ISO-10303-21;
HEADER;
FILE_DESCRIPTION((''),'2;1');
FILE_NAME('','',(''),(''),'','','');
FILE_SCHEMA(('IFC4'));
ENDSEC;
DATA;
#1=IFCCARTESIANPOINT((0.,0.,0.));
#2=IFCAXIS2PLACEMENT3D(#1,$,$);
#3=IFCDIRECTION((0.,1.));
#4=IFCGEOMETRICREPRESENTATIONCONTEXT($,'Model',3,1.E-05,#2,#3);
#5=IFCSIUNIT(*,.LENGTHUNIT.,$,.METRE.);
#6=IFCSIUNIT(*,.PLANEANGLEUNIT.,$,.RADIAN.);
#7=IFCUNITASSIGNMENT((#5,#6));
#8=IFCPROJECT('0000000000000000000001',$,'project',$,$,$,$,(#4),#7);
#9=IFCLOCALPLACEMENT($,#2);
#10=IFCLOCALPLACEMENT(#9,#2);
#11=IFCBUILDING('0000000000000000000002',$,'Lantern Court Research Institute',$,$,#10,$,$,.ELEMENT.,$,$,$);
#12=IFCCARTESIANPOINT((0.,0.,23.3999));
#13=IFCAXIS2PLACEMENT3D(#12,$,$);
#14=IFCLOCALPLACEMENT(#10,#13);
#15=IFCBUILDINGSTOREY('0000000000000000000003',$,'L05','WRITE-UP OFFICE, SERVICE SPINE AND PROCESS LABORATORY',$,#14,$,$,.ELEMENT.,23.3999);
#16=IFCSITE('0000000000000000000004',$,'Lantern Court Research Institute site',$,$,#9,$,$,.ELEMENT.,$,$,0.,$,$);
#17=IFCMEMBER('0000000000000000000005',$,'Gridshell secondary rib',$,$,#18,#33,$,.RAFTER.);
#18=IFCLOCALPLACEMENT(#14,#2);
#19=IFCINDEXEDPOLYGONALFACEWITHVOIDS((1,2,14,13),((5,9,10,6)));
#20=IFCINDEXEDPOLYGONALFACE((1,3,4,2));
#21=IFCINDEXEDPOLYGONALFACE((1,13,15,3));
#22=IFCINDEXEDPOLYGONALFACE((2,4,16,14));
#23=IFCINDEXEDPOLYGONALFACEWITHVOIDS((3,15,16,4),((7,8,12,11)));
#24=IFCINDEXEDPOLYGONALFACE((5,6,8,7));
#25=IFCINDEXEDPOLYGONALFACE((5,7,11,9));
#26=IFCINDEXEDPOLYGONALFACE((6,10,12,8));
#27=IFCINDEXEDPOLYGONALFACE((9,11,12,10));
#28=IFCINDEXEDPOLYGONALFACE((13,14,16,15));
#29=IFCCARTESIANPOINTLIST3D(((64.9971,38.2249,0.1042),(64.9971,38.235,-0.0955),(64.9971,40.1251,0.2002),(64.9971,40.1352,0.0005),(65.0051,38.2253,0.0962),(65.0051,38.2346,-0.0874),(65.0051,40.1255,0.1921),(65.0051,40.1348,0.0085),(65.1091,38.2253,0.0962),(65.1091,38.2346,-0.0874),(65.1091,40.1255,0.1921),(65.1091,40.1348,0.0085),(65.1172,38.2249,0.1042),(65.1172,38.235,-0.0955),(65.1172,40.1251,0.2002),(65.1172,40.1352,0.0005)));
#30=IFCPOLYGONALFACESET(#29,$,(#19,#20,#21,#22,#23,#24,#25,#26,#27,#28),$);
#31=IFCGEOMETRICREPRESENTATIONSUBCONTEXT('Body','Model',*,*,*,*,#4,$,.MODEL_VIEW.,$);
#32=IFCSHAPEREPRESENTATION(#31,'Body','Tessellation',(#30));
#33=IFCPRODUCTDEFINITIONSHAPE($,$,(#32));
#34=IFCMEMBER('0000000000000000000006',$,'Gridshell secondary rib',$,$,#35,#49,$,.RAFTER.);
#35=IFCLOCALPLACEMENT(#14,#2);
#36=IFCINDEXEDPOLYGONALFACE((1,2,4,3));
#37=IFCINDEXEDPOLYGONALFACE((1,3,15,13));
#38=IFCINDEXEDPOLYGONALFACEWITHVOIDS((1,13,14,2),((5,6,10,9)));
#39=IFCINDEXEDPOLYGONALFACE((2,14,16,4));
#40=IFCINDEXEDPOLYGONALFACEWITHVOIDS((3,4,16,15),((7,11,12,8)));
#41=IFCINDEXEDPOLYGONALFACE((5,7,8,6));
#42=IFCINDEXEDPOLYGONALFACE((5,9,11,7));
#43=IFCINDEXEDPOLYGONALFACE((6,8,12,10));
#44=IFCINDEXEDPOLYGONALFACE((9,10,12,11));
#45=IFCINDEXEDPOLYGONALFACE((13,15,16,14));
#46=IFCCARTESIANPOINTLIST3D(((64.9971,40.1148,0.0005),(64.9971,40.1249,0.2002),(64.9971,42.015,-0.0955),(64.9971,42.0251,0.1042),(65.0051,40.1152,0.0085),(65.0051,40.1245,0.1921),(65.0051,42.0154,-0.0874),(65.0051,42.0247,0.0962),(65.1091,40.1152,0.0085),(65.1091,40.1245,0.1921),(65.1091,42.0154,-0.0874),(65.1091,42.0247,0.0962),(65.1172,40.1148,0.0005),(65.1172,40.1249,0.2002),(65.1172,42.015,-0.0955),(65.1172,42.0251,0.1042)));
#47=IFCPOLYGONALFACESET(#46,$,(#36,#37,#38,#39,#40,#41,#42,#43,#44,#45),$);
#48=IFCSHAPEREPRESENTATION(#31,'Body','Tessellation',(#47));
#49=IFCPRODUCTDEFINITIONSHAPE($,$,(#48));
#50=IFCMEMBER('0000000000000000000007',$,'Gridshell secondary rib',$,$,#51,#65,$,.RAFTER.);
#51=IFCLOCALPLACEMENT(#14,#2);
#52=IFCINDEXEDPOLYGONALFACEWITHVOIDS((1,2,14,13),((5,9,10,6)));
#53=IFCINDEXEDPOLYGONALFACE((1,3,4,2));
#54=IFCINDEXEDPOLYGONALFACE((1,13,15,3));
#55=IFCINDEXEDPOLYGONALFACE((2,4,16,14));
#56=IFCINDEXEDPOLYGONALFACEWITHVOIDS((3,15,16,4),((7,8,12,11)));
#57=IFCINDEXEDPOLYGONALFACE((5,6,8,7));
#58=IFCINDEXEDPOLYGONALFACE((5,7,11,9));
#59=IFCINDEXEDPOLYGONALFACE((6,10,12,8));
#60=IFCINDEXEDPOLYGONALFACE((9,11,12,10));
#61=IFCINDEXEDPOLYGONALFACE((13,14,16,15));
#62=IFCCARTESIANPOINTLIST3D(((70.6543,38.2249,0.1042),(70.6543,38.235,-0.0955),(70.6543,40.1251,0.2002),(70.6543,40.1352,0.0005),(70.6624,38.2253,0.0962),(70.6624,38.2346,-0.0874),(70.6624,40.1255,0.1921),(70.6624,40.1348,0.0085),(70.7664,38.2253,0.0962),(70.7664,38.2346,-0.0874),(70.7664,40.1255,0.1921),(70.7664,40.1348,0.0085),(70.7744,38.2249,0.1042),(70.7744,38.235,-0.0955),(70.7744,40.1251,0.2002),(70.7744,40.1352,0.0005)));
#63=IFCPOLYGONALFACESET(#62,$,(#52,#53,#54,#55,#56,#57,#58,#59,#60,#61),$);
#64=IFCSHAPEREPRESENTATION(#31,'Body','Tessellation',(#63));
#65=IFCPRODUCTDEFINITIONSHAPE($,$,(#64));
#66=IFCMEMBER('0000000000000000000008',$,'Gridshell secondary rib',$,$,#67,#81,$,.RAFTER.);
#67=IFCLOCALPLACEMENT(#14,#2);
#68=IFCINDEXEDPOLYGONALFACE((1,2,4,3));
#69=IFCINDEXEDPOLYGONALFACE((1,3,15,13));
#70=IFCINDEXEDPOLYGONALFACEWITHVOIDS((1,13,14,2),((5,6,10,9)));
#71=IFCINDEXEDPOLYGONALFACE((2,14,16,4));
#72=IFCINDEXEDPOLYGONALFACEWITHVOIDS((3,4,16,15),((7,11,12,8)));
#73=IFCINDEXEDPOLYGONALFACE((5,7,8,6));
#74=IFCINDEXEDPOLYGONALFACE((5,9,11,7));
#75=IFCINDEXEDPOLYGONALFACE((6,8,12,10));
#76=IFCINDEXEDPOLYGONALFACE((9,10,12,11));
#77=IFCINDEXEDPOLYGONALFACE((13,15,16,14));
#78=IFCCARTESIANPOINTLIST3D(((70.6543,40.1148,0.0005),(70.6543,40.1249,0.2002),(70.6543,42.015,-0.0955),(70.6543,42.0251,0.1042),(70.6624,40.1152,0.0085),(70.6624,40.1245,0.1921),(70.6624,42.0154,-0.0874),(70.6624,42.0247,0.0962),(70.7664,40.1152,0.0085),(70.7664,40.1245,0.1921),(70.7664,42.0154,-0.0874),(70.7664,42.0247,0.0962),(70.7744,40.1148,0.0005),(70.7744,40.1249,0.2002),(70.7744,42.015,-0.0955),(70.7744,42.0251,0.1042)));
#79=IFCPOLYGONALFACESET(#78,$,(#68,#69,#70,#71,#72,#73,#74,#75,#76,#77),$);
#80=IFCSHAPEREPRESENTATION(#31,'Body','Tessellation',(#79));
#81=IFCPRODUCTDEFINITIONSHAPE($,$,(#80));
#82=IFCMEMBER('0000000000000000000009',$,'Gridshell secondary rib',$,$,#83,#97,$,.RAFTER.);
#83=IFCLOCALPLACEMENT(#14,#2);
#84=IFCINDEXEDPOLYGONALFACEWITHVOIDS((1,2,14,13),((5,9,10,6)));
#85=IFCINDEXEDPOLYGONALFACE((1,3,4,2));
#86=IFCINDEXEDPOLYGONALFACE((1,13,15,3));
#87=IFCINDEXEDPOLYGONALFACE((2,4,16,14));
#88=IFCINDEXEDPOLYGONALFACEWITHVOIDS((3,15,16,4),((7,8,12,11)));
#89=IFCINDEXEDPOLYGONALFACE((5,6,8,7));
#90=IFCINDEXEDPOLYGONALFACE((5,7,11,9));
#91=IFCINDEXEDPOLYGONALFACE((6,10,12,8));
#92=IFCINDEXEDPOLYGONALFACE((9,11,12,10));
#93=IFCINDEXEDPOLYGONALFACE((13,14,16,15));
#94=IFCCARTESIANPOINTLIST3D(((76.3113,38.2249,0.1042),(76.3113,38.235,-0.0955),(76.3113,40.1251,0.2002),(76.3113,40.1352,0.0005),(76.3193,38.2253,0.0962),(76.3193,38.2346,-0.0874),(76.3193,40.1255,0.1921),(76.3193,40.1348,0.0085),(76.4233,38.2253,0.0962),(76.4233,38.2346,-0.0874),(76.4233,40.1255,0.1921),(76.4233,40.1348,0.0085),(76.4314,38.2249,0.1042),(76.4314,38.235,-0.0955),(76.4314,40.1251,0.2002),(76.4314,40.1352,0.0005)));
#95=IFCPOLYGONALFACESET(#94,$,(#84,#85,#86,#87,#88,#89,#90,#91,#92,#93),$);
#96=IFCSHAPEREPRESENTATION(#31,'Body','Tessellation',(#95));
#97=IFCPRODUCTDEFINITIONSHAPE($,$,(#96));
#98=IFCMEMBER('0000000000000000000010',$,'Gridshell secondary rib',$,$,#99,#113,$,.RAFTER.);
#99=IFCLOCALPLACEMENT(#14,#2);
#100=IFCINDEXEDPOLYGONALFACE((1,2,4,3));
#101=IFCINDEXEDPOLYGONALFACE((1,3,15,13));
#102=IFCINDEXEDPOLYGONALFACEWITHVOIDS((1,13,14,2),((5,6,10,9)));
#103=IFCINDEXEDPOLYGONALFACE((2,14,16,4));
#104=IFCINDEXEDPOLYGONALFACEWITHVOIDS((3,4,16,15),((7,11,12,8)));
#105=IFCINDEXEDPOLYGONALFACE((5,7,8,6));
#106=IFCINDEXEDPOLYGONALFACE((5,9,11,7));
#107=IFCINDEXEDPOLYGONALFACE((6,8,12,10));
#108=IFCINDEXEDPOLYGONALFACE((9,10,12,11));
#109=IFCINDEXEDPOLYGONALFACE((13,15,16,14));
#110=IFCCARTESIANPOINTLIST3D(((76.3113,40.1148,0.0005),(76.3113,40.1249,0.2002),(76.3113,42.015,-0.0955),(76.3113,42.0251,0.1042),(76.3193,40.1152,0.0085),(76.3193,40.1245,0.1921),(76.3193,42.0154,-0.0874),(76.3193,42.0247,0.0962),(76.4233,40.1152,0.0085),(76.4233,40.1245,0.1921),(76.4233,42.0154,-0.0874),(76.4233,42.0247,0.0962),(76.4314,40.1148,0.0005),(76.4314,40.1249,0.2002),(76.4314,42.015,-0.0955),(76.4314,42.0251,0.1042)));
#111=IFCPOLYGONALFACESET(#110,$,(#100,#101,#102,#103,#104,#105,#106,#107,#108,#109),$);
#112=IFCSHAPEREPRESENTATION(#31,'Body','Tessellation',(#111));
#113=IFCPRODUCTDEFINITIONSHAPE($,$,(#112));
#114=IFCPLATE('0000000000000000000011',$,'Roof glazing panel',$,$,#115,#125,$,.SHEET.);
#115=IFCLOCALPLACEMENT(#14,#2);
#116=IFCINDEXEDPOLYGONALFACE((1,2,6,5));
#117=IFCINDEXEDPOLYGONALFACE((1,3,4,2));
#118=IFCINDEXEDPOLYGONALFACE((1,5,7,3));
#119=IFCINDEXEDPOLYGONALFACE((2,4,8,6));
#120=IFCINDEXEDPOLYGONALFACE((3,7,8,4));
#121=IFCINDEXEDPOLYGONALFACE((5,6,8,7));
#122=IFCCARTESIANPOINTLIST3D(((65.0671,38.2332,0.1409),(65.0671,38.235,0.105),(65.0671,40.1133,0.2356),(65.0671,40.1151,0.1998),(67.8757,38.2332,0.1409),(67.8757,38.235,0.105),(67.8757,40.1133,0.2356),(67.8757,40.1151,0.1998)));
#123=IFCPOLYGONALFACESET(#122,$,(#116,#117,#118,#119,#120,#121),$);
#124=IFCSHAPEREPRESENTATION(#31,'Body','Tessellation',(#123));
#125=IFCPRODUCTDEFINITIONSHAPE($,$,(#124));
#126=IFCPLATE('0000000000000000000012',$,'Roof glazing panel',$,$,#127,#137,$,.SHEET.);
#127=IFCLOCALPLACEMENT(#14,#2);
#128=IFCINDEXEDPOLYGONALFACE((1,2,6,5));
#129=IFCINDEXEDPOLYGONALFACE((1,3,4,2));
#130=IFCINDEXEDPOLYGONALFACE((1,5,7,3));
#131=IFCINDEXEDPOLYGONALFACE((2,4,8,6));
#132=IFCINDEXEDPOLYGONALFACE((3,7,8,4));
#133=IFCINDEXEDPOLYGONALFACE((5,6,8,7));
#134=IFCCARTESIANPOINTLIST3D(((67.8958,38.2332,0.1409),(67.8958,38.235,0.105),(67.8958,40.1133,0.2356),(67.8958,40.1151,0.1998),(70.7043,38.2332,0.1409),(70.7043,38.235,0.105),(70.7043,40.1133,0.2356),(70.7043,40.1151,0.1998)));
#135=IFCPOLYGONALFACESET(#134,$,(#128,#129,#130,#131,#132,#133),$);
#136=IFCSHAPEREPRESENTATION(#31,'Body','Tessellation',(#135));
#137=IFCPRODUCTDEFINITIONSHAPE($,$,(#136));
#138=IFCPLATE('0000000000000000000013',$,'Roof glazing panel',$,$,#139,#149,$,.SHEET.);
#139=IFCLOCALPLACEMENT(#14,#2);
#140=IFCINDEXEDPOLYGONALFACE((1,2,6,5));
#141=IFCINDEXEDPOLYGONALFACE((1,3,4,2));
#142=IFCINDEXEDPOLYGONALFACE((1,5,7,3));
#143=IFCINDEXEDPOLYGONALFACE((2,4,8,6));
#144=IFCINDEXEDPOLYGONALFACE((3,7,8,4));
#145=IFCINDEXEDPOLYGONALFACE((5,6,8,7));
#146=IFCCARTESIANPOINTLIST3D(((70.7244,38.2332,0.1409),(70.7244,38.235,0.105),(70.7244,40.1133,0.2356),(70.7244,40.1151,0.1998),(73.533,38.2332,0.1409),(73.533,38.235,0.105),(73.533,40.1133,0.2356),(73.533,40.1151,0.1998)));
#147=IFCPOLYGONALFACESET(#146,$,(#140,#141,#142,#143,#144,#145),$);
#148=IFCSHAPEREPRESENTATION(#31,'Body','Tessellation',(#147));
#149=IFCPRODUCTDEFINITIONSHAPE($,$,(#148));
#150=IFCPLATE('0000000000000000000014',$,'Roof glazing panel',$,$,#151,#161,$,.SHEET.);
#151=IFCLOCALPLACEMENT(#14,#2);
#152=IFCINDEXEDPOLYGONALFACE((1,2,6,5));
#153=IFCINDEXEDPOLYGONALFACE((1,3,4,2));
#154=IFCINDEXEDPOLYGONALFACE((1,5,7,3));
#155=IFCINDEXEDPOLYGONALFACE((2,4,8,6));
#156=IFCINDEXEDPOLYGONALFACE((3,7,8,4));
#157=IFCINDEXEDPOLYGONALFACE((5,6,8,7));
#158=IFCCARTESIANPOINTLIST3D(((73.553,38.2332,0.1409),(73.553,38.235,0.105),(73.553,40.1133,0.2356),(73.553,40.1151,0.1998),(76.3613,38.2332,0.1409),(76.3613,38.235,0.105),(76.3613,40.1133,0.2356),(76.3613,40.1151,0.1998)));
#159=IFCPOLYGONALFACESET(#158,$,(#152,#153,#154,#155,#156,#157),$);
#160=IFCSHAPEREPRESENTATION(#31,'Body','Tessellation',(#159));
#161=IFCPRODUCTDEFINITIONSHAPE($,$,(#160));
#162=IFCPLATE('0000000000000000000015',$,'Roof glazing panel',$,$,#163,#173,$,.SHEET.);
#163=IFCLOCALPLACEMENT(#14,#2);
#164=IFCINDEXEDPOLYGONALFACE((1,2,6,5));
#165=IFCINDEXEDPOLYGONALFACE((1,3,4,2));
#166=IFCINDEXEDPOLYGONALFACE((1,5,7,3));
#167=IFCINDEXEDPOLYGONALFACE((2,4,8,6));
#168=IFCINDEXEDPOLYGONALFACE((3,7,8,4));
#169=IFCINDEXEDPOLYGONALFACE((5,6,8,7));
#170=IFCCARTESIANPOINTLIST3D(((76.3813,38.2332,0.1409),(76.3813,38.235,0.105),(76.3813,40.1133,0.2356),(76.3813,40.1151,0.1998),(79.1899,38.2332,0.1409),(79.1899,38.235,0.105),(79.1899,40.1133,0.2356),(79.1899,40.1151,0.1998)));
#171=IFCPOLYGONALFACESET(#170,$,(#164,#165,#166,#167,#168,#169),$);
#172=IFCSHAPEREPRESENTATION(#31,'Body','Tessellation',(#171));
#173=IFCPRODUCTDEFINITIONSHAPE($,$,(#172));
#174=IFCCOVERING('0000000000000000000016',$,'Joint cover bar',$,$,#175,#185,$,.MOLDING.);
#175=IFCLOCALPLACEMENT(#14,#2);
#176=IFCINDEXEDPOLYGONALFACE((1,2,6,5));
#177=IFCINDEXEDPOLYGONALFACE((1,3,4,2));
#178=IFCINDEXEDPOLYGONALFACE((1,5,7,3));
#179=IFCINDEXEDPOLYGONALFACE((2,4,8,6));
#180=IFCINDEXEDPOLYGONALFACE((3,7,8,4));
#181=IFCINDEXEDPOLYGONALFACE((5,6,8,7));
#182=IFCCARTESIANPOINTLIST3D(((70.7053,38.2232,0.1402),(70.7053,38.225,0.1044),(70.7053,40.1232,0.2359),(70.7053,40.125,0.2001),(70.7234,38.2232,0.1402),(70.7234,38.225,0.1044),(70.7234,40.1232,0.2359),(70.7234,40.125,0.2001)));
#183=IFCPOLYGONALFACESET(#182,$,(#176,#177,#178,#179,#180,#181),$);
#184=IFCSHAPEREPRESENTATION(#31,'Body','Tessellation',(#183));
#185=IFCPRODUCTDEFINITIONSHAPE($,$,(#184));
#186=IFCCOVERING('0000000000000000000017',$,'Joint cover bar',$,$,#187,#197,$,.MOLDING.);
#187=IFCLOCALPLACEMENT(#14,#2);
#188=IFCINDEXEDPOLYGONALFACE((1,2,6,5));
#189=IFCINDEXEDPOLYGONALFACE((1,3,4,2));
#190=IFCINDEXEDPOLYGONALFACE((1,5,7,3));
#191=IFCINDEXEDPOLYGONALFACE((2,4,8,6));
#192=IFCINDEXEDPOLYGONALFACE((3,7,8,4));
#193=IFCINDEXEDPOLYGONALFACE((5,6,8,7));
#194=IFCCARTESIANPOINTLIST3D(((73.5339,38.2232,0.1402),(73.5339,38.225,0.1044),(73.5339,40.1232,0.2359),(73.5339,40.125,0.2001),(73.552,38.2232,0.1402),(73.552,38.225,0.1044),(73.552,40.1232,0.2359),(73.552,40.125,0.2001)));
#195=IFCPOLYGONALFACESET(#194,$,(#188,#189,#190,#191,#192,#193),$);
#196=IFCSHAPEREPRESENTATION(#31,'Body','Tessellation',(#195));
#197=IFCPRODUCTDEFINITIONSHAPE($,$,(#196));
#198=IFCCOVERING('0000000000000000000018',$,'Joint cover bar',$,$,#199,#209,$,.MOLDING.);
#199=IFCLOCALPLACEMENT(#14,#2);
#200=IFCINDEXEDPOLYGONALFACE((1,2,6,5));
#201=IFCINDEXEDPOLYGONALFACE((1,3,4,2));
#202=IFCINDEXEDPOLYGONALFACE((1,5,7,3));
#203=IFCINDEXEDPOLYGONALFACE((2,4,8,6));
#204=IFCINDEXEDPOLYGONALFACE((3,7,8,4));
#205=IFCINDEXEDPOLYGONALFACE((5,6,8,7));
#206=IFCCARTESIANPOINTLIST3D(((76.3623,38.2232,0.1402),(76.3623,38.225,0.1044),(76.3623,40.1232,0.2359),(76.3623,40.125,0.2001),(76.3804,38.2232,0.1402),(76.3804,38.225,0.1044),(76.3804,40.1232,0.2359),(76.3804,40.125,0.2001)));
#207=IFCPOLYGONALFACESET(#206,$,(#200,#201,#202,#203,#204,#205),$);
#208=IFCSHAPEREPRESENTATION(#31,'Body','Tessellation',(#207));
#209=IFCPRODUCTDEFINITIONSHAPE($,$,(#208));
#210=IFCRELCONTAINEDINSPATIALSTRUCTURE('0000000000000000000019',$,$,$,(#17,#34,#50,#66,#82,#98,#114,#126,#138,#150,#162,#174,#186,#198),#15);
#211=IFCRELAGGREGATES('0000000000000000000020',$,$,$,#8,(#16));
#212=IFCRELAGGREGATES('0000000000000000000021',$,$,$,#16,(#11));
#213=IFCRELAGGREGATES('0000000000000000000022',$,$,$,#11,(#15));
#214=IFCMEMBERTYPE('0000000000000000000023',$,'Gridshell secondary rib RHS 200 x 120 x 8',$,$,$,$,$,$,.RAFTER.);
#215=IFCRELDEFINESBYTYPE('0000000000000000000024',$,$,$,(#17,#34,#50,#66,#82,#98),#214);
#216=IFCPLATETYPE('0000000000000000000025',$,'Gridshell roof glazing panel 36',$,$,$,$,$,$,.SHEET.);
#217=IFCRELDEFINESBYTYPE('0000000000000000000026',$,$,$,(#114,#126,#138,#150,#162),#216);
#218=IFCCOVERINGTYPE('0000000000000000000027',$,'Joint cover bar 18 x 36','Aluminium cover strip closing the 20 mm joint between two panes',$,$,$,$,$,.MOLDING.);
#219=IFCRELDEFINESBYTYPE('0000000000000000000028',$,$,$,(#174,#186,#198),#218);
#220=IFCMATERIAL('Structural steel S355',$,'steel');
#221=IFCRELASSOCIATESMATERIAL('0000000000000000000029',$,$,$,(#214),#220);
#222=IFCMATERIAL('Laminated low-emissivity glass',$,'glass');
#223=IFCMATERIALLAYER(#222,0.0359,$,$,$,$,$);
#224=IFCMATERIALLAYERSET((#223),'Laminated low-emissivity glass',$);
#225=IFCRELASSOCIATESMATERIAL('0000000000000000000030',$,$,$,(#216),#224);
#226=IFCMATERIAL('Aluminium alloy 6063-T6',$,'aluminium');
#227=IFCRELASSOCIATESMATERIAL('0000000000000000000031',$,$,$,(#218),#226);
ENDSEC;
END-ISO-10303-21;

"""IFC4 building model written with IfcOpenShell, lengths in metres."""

from ifc_helpers import new_model, si_unit, direction, frame, origin, origin_2d, place, context, subcontext, project, spatial, polyline, rectangle, hollow_rectangle, outline, extrude, material, layer, layer_set, material_profile, profile_set, type_object, element, save


model = new_model("IFC4")

# Units and contexts
model_context = context("Model", 3, precision=1e-05, world=origin(), true_north=direction((0.0, 1.0)))
body_context = subcontext(model_context, "Body", "Model", "MODEL_VIEW")
ifc_project = project(units=[si_unit("LENGTHUNIT", "METRE"), si_unit("PLANEANGLEUNIT", "RADIAN")], contexts=[model_context])

# Site, building, storey
site_placement = place(None, origin())
site = spatial("IfcSite", under=ifc_project, at=site_placement, Name="Lantern Court Research Institute site", CompositionType="ELEMENT", RefElevation=0.0)
building_placement = place(site_placement, origin())
building = spatial("IfcBuilding", under=site, at=building_placement, Name="Lantern Court Research Institute", CompositionType="ELEMENT")
storey_placement = place(building_placement, frame((0.0, 0.0, 23.3999)))
storey = spatial("IfcBuildingStorey", under=building, at=storey_placement, Name="L05", Description="WRITE-UP OFFICE, SERVICE SPINE AND PROCESS LABORATORY", CompositionType="ELEMENT", Elevation=23.3999)

# Members
ifc_material_1 = material(Name="Structural steel S355", Category="steel")
ifc_material_profile_1 = material_profile(ifc_material_1, hollow_rectangle(XDim=0.1201, YDim=0.2, WallThickness=0.0081, at=origin_2d()), Name="Gridshell secondary rib RHS 200 x 120 x 8")
ifc_profile_set_1 = profile_set([ifc_material_profile_1], Name="Structural steel S355")
member_type_1 = type_object("IfcMemberType", Name="Gridshell secondary rib RHS 200 x 120 x 8", PredefinedType="RAFTER", material=ifc_profile_set_1)
for number, where, z_axis, x_axis, name in (
    (1, (65.0571, 38.23, 0.0044), (0.0, 0.998728, 0.05043), (-1.0, 0.0, 0.0), "Gridshell secondary rib"),
    (2, (65.0571, 40.1199, 0.1003), (0.0, 0.998728, -0.05043), (-1.0, 0.0, 0.0), "Gridshell secondary rib"),
    (3, (70.7144, 38.23, 0.0044), (0.0, 0.998728, 0.05043), (-1.0, 0.0, 0.0), "Gridshell secondary rib"),
    (4, (70.7144, 40.1199, 0.1003), (0.0, 0.998728, -0.05043), (-1.0, 0.0, 0.0), "Gridshell secondary rib"),
    (5, (76.3713, 38.23, 0.0044), (0.0, 0.998728, 0.05043), (-1.0, 0.0, 0.0), "Gridshell secondary rib"),
    (6, (76.3713, 40.1199, 0.1003), (0.0, 0.998728, -0.05043), (-1.0, 0.0, 0.0), "Gridshell secondary rib"),
):
    element("IfcMember", number, at=place(storey_placement, frame(where, z_axis=z_axis, x_axis=x_axis)), inside=storey, type_object=member_type_1, Name=name, PredefinedType="RAFTER", context=body_context, shape_type="SweptSolid", body=[
        extrude(hollow_rectangle(XDim=0.1201, YDim=0.2, WallThickness=0.0081, at=origin_2d()), origin(), (0.0, 0.0, 1.0), 1.9026),
    ])

# Plates
ifc_material_2 = material(Name="Laminated low-emissivity glass", Category="glass")
ifc_layer = layer(ifc_material_2, 0.0359)
ifc_layer_set = layer_set([ifc_layer], Name="Laminated low-emissivity glass")
plate_type = type_object("IfcPlateType", Name="Gridshell roof glazing panel 36", PredefinedType="SHEET", material=ifc_layer_set)
for number, where, z_axis, x_axis, name in (
    (7, (67.8757, 38.2332, 0.1409), (0.0, -0.050319, 0.998733), (-1.0, 0.0, 0.0), "Roof glazing panel"),
    (8, (70.7043, 38.2332, 0.1409), (0.0, -0.050319, 0.998733), (-1.0, 0.0, 0.0), "Roof glazing panel"),
    (9, (73.533, 38.2332, 0.1409), (0.0, -0.050319, 0.998733), (-1.0, 0.0, 0.0), "Roof glazing panel"),
):
    element("IfcPlate", number, at=place(storey_placement, frame(where, z_axis=z_axis, x_axis=x_axis)), inside=storey, type_object=plate_type, Name=name, PredefinedType="SHEET", context=body_context, shape_type="SweptSolid", body=[
        extrude(outline(polyline([(0.0, 0.0), (2.8086, 0.0), (2.8086, -1.8825), (0.0, -1.8825), (0.0, 0.0)])), origin(), (0.0, 0.0, -1.0), 0.0359),
    ])
plate_1_placement = place(storey_placement, frame((76.3613, 38.2332, 0.1409), z_axis=(0.0, -0.050319, 0.998733), x_axis=(-1.0, 0.0, 0.0)))
element("IfcPlate", 10, at=plate_1_placement, inside=storey, type_object=plate_type, Name="Roof glazing panel", PredefinedType="SHEET", context=body_context, shape_type="SweptSolid", body=[
    extrude(outline(polyline([(0.0, 0.0), (2.8083, 0.0), (2.8083, -1.8825), (0.0, -1.8825), (0.0, 0.0)])), origin(), (0.0, 0.0, -1.0), 0.0359),
])
plate_2_placement = place(storey_placement, frame((79.1899, 38.2332, 0.1409), z_axis=(0.0, -0.050319, 0.998733), x_axis=(-1.0, 0.0, 0.0)))
element("IfcPlate", 11, at=plate_2_placement, inside=storey, type_object=plate_type, Name="Roof glazing panel", PredefinedType="SHEET", context=body_context, shape_type="SweptSolid", body=[
    extrude(outline(polyline([(0.0, 0.0), (2.8086, 0.0), (2.8086, -1.8825), (0.0, -1.8825), (0.0, 0.0)])), origin(), (0.0, 0.0, -1.0), 0.0359),
])

# Coverings
ifc_material_3 = material(Name="Aluminium alloy 6063-T6", Category="aluminium")
ifc_material_profile_2 = material_profile(ifc_material_3, rectangle(XDim=0.0181, YDim=0.0359, at=origin_2d()), Name="Joint cover bar 18 x 36")
ifc_profile_set_2 = profile_set([ifc_material_profile_2], Name="Aluminium alloy 6063-T6")
covering_type = type_object("IfcCoveringType", Name="Joint cover bar 18 x 36", Description="Aluminium cover strip closing the 20 mm joint between two panes", PredefinedType="MOLDING", material=ifc_profile_set_2)
for number, where, z_axis, x_axis, name in (
    (12, (70.7144, 38.2241, 0.1223), (0.0, 0.998734, 0.050309), (-1.0, 0.0, 0.0), "Joint cover bar"),
    (13, (73.543, 38.2241, 0.1223), (0.0, 0.998734, 0.050309), (-1.0, 0.0, 0.0), "Joint cover bar"),
    (14, (76.3713, 38.2241, 0.1223), (0.0, 0.998734, 0.050309), (-1.0, 0.0, 0.0), "Joint cover bar"),
):
    element("IfcCovering", number, at=place(storey_placement, frame(where, z_axis=z_axis, x_axis=x_axis)), inside=storey, type_object=covering_type, Name=name, PredefinedType="MOLDING", context=body_context, shape_type="SweptSolid", body=[
        extrude(rectangle(XDim=0.0181, YDim=0.0359, at=origin_2d()), origin(), (0.0, 0.0, 1.0), 1.9023),
    ])

save(model, "model.ifc")
